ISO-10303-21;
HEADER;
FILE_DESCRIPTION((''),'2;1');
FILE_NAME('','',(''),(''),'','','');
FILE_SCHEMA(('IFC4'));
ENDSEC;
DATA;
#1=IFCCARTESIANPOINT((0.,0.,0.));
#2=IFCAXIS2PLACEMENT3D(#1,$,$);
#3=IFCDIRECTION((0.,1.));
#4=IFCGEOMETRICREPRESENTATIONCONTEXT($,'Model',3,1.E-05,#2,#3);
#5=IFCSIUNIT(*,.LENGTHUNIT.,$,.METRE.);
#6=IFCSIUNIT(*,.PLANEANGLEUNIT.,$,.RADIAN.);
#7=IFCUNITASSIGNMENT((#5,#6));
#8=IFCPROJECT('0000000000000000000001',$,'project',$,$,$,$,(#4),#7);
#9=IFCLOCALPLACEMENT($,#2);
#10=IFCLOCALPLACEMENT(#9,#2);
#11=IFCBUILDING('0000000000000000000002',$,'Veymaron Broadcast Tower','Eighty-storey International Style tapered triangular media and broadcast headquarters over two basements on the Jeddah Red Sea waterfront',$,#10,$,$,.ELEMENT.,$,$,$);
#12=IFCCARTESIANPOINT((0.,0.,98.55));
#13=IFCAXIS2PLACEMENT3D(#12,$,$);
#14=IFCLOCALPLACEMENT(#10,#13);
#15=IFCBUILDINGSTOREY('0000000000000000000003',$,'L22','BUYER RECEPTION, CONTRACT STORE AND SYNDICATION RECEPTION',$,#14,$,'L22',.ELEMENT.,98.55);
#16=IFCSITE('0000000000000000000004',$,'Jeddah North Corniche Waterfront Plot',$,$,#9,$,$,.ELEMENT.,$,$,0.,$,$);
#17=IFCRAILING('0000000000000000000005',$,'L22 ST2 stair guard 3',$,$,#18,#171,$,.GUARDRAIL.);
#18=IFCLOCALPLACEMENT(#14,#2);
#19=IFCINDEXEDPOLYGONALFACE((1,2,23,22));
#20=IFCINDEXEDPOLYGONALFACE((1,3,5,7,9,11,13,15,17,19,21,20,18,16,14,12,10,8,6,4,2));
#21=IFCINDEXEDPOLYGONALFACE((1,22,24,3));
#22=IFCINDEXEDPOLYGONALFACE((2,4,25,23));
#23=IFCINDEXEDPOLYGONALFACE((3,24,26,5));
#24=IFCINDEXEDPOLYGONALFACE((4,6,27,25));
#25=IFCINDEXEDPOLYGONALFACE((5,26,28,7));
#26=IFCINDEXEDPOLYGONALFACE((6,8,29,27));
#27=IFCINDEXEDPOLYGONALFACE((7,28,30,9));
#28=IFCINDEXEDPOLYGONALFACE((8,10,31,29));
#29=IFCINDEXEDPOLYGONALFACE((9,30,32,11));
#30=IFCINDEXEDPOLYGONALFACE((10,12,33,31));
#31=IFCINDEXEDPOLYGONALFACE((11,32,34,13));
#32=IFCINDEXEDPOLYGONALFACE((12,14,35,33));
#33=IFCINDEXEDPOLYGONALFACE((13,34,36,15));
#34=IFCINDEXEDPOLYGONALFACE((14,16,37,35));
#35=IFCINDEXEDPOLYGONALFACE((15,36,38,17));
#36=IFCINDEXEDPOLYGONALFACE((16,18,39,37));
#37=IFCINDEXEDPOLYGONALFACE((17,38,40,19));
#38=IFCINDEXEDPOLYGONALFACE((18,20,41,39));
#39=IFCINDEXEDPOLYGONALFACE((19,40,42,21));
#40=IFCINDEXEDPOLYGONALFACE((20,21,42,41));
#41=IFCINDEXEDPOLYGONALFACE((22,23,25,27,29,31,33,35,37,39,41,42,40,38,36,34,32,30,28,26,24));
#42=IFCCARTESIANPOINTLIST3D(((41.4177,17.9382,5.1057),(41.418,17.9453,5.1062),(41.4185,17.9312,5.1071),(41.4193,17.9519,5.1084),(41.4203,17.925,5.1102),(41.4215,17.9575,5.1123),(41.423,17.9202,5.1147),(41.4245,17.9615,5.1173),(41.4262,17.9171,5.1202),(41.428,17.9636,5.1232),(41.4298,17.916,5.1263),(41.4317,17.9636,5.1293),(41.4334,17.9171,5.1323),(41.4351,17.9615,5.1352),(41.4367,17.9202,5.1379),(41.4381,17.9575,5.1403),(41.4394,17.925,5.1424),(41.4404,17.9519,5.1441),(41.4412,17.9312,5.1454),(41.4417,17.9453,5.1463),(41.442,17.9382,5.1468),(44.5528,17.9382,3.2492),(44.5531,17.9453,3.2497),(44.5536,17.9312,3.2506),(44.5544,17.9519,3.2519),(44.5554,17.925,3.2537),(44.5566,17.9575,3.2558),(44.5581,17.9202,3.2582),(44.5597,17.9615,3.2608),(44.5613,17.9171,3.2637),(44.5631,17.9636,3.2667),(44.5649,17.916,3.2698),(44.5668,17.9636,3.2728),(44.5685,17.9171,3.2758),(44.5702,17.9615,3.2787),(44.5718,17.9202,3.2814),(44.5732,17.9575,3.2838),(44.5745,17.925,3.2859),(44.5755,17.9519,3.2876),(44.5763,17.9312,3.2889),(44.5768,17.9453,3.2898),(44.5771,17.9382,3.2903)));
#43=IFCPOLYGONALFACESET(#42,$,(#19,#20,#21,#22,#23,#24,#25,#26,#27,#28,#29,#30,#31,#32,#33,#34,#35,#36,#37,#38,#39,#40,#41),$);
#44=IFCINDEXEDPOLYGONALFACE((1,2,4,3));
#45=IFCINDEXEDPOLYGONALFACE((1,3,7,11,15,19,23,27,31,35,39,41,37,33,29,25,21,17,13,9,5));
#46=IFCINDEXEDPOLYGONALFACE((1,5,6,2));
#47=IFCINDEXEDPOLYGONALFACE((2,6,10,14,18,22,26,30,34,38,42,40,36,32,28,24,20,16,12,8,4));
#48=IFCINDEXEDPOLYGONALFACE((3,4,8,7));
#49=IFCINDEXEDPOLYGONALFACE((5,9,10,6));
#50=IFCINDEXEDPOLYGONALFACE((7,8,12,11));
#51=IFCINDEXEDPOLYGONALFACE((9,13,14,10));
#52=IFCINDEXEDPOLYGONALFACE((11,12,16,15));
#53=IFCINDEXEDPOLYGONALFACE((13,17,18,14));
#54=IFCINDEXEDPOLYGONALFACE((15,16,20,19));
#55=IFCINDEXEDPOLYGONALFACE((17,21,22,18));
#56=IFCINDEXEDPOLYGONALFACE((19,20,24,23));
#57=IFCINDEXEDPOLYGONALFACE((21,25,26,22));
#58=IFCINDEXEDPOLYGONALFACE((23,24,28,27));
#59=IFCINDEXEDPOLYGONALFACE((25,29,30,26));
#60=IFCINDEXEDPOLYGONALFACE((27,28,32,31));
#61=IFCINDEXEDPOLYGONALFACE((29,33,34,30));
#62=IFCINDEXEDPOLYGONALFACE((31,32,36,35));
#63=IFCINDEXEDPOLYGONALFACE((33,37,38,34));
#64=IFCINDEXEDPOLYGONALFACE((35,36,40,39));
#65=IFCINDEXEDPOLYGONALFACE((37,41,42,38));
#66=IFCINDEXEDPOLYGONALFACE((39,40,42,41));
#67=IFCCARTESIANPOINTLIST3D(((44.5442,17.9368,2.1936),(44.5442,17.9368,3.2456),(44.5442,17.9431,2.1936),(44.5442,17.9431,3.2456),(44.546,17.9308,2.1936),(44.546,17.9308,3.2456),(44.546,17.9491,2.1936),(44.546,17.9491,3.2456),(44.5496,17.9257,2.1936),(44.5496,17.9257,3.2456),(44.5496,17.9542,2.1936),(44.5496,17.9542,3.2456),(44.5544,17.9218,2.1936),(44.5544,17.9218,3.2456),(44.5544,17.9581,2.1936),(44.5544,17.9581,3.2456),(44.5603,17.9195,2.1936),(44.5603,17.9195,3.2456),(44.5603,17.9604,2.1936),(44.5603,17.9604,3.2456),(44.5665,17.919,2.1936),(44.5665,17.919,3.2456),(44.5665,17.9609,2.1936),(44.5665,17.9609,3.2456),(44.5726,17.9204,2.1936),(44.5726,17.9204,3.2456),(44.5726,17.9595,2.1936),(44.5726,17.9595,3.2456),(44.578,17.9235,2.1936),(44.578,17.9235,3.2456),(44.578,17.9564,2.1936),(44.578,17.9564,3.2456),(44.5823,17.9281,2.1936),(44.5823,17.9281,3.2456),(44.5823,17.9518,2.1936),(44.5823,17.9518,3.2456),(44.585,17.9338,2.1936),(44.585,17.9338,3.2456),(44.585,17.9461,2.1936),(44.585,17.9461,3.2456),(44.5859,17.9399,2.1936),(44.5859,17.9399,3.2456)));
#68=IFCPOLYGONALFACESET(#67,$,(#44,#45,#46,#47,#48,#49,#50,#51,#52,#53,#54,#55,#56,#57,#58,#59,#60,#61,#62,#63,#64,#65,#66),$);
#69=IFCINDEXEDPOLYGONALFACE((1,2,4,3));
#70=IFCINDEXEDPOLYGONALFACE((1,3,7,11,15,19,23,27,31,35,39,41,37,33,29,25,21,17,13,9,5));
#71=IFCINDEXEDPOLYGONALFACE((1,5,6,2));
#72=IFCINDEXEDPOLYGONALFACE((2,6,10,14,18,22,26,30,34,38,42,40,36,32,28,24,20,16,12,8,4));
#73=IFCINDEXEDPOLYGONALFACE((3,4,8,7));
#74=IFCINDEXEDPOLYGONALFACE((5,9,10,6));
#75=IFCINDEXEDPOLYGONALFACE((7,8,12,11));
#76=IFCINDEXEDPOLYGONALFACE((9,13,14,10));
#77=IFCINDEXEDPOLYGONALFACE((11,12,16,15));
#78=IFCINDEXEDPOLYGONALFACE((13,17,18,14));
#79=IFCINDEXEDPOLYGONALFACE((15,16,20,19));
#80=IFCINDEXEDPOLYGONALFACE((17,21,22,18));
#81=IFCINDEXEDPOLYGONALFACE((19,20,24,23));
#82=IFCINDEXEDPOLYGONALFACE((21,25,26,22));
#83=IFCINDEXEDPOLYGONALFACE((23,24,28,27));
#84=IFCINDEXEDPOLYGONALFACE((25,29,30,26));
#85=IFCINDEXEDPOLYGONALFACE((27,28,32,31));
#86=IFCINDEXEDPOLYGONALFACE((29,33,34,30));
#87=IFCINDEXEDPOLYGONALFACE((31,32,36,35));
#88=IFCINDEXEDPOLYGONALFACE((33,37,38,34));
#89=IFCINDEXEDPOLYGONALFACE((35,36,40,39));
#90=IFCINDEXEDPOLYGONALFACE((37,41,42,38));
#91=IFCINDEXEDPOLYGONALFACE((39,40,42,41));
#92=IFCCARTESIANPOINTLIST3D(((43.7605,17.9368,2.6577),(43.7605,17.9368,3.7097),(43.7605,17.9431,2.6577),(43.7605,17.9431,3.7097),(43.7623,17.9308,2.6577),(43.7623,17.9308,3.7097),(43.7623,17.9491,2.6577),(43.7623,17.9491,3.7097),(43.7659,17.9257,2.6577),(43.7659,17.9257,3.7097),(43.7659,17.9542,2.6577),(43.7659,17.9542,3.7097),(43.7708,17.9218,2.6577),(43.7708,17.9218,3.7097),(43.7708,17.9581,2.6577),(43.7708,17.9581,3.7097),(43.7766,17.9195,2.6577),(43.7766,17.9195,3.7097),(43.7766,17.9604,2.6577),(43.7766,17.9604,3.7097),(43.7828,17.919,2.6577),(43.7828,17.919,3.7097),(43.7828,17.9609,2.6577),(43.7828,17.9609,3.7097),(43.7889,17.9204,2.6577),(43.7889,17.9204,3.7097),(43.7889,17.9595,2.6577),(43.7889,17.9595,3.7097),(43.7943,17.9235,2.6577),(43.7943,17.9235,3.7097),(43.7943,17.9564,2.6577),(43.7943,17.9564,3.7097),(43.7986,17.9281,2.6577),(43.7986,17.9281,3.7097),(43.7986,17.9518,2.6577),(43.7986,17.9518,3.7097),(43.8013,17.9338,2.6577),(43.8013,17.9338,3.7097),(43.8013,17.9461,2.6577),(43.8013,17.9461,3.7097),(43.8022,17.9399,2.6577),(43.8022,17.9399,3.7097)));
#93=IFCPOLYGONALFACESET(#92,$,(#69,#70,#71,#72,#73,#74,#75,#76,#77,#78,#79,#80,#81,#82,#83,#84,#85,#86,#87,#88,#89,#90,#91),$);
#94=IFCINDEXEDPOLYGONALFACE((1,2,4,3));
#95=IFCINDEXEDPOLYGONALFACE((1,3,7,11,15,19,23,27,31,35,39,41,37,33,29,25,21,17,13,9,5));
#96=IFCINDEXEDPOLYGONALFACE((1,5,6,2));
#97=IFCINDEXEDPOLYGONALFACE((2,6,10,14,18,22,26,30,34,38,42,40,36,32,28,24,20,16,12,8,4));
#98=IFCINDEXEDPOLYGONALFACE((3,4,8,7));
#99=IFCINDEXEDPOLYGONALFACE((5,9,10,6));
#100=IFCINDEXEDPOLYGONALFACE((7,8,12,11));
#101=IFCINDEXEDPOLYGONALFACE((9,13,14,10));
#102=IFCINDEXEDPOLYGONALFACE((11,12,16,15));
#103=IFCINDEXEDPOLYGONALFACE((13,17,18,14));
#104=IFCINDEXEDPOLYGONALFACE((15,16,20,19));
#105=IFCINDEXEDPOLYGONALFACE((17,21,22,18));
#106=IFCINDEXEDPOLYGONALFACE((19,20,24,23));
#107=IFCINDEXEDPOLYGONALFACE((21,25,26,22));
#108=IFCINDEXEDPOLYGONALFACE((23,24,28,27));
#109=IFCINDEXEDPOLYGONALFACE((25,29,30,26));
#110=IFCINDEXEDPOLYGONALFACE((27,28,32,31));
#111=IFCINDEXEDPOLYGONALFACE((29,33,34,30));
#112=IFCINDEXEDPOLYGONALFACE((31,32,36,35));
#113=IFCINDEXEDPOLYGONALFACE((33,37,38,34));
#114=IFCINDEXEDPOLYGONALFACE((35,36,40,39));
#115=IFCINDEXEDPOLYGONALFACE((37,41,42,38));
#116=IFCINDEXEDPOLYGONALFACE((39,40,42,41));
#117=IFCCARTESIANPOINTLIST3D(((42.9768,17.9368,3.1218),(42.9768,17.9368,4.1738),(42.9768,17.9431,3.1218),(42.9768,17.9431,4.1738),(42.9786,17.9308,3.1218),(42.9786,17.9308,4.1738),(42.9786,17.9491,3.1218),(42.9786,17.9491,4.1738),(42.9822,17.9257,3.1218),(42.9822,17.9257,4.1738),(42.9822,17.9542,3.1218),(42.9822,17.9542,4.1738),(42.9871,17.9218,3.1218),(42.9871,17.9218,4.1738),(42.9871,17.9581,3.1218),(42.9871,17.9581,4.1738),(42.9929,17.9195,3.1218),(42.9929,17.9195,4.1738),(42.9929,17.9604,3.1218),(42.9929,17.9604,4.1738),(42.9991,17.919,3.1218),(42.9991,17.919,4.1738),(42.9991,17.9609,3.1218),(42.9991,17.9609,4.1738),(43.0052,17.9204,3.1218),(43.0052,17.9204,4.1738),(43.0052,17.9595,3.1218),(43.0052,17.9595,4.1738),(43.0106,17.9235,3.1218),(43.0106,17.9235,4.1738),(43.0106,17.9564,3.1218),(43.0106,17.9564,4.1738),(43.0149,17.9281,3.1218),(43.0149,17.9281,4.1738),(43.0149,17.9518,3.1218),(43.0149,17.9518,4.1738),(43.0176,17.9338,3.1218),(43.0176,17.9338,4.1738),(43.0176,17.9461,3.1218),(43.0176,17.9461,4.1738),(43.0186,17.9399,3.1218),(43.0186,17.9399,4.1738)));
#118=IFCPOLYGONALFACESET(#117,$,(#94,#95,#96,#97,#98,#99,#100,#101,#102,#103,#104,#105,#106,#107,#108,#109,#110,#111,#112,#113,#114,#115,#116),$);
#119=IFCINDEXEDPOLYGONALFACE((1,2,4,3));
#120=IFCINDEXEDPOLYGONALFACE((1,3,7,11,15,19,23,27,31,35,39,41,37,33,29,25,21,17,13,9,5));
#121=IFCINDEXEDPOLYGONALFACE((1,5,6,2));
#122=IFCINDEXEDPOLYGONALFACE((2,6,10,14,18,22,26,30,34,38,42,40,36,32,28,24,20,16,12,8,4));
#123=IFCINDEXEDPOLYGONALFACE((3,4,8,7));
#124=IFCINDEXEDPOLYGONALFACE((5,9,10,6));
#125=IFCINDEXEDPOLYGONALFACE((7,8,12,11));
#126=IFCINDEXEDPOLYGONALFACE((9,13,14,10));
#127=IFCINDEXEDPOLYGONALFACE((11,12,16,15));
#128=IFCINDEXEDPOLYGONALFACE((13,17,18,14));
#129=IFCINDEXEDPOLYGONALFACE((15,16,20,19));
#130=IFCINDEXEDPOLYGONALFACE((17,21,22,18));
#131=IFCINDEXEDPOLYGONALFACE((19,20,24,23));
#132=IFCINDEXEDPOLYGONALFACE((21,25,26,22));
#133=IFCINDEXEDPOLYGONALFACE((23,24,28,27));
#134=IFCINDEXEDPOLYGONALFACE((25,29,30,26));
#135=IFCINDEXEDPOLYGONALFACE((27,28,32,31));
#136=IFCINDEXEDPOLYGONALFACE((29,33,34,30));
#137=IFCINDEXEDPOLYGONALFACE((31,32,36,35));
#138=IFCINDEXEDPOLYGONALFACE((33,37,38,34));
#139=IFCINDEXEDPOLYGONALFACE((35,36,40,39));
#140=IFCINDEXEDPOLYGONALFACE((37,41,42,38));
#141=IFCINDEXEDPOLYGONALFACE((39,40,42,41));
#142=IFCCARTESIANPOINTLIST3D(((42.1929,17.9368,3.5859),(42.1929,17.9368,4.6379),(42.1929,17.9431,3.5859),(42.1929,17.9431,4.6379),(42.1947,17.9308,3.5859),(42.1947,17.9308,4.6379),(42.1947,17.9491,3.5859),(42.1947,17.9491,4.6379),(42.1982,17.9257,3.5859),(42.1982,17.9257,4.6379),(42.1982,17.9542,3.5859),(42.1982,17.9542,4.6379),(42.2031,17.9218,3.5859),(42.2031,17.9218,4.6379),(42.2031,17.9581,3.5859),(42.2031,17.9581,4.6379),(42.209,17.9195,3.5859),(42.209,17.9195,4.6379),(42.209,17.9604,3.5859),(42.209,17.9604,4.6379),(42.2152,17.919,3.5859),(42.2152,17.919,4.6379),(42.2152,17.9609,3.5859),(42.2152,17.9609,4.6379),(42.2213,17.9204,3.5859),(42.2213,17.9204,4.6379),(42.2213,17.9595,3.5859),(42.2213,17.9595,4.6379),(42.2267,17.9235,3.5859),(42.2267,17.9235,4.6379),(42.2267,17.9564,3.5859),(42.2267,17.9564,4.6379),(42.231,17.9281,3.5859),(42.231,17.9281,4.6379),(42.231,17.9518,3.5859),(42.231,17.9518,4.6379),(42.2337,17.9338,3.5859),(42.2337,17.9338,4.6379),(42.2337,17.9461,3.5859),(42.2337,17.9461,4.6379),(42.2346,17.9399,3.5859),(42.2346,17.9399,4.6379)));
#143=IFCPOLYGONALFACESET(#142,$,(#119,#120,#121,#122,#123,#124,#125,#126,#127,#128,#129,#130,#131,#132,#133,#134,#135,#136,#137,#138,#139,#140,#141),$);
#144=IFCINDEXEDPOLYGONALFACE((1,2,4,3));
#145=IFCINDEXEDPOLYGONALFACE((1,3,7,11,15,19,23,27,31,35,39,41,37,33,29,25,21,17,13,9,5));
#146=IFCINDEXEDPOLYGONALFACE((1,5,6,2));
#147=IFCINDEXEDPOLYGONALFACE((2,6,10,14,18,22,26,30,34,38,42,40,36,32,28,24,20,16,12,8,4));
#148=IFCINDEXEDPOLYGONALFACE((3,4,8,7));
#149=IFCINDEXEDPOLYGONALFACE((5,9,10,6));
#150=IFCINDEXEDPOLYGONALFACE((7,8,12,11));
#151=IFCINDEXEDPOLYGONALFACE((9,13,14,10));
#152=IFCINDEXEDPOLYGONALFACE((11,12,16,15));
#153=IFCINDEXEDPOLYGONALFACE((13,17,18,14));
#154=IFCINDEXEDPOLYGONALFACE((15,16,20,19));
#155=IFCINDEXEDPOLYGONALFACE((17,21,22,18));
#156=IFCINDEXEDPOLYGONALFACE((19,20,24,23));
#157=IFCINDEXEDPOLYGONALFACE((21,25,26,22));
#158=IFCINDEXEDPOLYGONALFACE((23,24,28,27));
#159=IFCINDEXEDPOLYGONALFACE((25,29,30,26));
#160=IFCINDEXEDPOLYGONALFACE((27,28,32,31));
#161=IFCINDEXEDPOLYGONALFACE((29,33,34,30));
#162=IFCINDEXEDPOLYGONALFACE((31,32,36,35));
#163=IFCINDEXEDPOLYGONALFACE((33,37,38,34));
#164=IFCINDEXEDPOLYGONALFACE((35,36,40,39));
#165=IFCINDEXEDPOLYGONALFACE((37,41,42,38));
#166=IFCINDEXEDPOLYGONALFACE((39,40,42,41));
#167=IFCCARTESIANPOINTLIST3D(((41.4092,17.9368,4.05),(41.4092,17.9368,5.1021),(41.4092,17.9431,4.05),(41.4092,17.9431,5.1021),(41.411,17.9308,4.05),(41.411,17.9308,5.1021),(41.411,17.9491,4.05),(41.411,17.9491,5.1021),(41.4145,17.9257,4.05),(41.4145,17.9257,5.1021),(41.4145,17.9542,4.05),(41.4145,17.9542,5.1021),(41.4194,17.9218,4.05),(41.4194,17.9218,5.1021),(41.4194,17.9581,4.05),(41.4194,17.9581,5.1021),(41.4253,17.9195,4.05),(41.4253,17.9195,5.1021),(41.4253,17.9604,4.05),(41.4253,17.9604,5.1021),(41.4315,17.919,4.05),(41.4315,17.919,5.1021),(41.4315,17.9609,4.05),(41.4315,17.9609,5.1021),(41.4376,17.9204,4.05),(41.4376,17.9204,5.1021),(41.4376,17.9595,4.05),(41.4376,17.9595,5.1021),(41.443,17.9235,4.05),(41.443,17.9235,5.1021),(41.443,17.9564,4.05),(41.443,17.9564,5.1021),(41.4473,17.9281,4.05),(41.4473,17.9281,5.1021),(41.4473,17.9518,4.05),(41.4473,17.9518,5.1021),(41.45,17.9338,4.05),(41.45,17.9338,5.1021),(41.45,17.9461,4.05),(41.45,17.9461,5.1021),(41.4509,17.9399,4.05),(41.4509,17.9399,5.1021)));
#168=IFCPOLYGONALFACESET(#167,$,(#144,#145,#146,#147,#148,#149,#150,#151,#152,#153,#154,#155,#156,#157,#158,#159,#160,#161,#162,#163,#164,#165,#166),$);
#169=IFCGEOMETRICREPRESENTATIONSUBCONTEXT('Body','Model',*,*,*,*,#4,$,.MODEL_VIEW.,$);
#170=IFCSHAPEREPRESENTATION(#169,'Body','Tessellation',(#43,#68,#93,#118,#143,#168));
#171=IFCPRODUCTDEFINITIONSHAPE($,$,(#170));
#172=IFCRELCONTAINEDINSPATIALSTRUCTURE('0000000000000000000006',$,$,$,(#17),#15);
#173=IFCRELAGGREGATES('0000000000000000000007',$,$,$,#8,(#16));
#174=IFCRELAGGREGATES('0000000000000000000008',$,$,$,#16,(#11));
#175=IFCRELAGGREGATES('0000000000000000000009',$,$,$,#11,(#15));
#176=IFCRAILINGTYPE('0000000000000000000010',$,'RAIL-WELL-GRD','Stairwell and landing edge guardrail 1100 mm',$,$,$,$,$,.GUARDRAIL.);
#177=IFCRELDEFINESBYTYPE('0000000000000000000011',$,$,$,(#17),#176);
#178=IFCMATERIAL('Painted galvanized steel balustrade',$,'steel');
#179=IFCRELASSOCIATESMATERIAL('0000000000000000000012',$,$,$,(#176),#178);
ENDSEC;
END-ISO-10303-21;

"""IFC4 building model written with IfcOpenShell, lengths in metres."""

from ifc_helpers import new_model, si_unit, direction, frame, origin, origin_2d, place, context, subcontext, project, spatial, circle, extrude, material, type_object, element, save


model = new_model("IFC4")

# Units and contexts
model_context = context("Model", 3, precision=1e-05, world=origin(), true_north=direction((0.0, 1.0)))
body_context = subcontext(model_context, "Body", "Model", "MODEL_VIEW")
ifc_project = project(units=[si_unit("LENGTHUNIT", "METRE"), si_unit("PLANEANGLEUNIT", "RADIAN")], contexts=[model_context])

# Site, building, storey
site_placement = place(None, origin())
site = spatial("IfcSite", under=ifc_project, at=site_placement, Name="Jeddah North Corniche Waterfront Plot", CompositionType="ELEMENT", RefElevation=0.0)
building_placement = place(site_placement, origin())
building = spatial("IfcBuilding", under=site, at=building_placement, Name="Veymaron Broadcast Tower", Description="Eighty-storey International Style tapered triangular media and broadcast headquarters over two basements on the Jeddah Red Sea waterfront", CompositionType="ELEMENT")
storey_placement = place(building_placement, frame((0.0, 0.0, 98.55)))
storey = spatial("IfcBuildingStorey", under=building, at=storey_placement, Name="L22", Description="BUYER RECEPTION, CONTRACT STORE AND SYNDICATION RECEPTION", LongName="L22", CompositionType="ELEMENT", Elevation=98.55)

# Railing
ifc_material_1 = material(Name="Painted galvanized steel balustrade", Category="steel")
railing_type_1 = type_object("IfcRailingType", Name="RAIL-WELL-GRD", Description="Stairwell and landing edge guardrail 1100 mm", PredefinedType="GUARDRAIL", material=ifc_material_1)
railing_1_placement = place(storey_placement, frame((44.5649, 17.9399, 2.1936)))
element("IfcRailing", 1, at=railing_1_placement, inside=storey, type_object=railing_type_1, Name="L22 ST2 stair guard 3", PredefinedType="GUARDRAIL", context=body_context, shape_type="SweptSolid", body=[
    extrude(circle(Radius=0.0239, at=origin_2d()), frame((0.0, 0.0, 1.0762), z_axis=(-0.860453, 0.0, 0.509531), x_axis=(0.0, -1.0, 0.0)), (0.0, 0.0, 1.0), 3.6436),
    extrude(circle(Radius=0.021, at=origin_2d()), origin(), (0.0, 0.0, 1.0), 1.052),
    extrude(circle(Radius=0.021, at=origin_2d()), frame((-0.7837, 0.0, 0.4641)), (0.0, 0.0, 1.0), 1.052),
    extrude(circle(Radius=0.021, at=origin_2d()), frame((-1.5674, 0.0, 0.9282)), (0.0, 0.0, 1.0), 1.052),
    extrude(circle(Radius=0.021, at=origin_2d()), frame((-2.3513, 0.0, 1.3923)), (0.0, 0.0, 1.0), 1.052),
    extrude(circle(Radius=0.021, at=origin_2d()), frame((-3.135, 0.0, 1.8564)), (0.0, 0.0, 1.0), 1.052),
])

save(model, "model.ifc")
